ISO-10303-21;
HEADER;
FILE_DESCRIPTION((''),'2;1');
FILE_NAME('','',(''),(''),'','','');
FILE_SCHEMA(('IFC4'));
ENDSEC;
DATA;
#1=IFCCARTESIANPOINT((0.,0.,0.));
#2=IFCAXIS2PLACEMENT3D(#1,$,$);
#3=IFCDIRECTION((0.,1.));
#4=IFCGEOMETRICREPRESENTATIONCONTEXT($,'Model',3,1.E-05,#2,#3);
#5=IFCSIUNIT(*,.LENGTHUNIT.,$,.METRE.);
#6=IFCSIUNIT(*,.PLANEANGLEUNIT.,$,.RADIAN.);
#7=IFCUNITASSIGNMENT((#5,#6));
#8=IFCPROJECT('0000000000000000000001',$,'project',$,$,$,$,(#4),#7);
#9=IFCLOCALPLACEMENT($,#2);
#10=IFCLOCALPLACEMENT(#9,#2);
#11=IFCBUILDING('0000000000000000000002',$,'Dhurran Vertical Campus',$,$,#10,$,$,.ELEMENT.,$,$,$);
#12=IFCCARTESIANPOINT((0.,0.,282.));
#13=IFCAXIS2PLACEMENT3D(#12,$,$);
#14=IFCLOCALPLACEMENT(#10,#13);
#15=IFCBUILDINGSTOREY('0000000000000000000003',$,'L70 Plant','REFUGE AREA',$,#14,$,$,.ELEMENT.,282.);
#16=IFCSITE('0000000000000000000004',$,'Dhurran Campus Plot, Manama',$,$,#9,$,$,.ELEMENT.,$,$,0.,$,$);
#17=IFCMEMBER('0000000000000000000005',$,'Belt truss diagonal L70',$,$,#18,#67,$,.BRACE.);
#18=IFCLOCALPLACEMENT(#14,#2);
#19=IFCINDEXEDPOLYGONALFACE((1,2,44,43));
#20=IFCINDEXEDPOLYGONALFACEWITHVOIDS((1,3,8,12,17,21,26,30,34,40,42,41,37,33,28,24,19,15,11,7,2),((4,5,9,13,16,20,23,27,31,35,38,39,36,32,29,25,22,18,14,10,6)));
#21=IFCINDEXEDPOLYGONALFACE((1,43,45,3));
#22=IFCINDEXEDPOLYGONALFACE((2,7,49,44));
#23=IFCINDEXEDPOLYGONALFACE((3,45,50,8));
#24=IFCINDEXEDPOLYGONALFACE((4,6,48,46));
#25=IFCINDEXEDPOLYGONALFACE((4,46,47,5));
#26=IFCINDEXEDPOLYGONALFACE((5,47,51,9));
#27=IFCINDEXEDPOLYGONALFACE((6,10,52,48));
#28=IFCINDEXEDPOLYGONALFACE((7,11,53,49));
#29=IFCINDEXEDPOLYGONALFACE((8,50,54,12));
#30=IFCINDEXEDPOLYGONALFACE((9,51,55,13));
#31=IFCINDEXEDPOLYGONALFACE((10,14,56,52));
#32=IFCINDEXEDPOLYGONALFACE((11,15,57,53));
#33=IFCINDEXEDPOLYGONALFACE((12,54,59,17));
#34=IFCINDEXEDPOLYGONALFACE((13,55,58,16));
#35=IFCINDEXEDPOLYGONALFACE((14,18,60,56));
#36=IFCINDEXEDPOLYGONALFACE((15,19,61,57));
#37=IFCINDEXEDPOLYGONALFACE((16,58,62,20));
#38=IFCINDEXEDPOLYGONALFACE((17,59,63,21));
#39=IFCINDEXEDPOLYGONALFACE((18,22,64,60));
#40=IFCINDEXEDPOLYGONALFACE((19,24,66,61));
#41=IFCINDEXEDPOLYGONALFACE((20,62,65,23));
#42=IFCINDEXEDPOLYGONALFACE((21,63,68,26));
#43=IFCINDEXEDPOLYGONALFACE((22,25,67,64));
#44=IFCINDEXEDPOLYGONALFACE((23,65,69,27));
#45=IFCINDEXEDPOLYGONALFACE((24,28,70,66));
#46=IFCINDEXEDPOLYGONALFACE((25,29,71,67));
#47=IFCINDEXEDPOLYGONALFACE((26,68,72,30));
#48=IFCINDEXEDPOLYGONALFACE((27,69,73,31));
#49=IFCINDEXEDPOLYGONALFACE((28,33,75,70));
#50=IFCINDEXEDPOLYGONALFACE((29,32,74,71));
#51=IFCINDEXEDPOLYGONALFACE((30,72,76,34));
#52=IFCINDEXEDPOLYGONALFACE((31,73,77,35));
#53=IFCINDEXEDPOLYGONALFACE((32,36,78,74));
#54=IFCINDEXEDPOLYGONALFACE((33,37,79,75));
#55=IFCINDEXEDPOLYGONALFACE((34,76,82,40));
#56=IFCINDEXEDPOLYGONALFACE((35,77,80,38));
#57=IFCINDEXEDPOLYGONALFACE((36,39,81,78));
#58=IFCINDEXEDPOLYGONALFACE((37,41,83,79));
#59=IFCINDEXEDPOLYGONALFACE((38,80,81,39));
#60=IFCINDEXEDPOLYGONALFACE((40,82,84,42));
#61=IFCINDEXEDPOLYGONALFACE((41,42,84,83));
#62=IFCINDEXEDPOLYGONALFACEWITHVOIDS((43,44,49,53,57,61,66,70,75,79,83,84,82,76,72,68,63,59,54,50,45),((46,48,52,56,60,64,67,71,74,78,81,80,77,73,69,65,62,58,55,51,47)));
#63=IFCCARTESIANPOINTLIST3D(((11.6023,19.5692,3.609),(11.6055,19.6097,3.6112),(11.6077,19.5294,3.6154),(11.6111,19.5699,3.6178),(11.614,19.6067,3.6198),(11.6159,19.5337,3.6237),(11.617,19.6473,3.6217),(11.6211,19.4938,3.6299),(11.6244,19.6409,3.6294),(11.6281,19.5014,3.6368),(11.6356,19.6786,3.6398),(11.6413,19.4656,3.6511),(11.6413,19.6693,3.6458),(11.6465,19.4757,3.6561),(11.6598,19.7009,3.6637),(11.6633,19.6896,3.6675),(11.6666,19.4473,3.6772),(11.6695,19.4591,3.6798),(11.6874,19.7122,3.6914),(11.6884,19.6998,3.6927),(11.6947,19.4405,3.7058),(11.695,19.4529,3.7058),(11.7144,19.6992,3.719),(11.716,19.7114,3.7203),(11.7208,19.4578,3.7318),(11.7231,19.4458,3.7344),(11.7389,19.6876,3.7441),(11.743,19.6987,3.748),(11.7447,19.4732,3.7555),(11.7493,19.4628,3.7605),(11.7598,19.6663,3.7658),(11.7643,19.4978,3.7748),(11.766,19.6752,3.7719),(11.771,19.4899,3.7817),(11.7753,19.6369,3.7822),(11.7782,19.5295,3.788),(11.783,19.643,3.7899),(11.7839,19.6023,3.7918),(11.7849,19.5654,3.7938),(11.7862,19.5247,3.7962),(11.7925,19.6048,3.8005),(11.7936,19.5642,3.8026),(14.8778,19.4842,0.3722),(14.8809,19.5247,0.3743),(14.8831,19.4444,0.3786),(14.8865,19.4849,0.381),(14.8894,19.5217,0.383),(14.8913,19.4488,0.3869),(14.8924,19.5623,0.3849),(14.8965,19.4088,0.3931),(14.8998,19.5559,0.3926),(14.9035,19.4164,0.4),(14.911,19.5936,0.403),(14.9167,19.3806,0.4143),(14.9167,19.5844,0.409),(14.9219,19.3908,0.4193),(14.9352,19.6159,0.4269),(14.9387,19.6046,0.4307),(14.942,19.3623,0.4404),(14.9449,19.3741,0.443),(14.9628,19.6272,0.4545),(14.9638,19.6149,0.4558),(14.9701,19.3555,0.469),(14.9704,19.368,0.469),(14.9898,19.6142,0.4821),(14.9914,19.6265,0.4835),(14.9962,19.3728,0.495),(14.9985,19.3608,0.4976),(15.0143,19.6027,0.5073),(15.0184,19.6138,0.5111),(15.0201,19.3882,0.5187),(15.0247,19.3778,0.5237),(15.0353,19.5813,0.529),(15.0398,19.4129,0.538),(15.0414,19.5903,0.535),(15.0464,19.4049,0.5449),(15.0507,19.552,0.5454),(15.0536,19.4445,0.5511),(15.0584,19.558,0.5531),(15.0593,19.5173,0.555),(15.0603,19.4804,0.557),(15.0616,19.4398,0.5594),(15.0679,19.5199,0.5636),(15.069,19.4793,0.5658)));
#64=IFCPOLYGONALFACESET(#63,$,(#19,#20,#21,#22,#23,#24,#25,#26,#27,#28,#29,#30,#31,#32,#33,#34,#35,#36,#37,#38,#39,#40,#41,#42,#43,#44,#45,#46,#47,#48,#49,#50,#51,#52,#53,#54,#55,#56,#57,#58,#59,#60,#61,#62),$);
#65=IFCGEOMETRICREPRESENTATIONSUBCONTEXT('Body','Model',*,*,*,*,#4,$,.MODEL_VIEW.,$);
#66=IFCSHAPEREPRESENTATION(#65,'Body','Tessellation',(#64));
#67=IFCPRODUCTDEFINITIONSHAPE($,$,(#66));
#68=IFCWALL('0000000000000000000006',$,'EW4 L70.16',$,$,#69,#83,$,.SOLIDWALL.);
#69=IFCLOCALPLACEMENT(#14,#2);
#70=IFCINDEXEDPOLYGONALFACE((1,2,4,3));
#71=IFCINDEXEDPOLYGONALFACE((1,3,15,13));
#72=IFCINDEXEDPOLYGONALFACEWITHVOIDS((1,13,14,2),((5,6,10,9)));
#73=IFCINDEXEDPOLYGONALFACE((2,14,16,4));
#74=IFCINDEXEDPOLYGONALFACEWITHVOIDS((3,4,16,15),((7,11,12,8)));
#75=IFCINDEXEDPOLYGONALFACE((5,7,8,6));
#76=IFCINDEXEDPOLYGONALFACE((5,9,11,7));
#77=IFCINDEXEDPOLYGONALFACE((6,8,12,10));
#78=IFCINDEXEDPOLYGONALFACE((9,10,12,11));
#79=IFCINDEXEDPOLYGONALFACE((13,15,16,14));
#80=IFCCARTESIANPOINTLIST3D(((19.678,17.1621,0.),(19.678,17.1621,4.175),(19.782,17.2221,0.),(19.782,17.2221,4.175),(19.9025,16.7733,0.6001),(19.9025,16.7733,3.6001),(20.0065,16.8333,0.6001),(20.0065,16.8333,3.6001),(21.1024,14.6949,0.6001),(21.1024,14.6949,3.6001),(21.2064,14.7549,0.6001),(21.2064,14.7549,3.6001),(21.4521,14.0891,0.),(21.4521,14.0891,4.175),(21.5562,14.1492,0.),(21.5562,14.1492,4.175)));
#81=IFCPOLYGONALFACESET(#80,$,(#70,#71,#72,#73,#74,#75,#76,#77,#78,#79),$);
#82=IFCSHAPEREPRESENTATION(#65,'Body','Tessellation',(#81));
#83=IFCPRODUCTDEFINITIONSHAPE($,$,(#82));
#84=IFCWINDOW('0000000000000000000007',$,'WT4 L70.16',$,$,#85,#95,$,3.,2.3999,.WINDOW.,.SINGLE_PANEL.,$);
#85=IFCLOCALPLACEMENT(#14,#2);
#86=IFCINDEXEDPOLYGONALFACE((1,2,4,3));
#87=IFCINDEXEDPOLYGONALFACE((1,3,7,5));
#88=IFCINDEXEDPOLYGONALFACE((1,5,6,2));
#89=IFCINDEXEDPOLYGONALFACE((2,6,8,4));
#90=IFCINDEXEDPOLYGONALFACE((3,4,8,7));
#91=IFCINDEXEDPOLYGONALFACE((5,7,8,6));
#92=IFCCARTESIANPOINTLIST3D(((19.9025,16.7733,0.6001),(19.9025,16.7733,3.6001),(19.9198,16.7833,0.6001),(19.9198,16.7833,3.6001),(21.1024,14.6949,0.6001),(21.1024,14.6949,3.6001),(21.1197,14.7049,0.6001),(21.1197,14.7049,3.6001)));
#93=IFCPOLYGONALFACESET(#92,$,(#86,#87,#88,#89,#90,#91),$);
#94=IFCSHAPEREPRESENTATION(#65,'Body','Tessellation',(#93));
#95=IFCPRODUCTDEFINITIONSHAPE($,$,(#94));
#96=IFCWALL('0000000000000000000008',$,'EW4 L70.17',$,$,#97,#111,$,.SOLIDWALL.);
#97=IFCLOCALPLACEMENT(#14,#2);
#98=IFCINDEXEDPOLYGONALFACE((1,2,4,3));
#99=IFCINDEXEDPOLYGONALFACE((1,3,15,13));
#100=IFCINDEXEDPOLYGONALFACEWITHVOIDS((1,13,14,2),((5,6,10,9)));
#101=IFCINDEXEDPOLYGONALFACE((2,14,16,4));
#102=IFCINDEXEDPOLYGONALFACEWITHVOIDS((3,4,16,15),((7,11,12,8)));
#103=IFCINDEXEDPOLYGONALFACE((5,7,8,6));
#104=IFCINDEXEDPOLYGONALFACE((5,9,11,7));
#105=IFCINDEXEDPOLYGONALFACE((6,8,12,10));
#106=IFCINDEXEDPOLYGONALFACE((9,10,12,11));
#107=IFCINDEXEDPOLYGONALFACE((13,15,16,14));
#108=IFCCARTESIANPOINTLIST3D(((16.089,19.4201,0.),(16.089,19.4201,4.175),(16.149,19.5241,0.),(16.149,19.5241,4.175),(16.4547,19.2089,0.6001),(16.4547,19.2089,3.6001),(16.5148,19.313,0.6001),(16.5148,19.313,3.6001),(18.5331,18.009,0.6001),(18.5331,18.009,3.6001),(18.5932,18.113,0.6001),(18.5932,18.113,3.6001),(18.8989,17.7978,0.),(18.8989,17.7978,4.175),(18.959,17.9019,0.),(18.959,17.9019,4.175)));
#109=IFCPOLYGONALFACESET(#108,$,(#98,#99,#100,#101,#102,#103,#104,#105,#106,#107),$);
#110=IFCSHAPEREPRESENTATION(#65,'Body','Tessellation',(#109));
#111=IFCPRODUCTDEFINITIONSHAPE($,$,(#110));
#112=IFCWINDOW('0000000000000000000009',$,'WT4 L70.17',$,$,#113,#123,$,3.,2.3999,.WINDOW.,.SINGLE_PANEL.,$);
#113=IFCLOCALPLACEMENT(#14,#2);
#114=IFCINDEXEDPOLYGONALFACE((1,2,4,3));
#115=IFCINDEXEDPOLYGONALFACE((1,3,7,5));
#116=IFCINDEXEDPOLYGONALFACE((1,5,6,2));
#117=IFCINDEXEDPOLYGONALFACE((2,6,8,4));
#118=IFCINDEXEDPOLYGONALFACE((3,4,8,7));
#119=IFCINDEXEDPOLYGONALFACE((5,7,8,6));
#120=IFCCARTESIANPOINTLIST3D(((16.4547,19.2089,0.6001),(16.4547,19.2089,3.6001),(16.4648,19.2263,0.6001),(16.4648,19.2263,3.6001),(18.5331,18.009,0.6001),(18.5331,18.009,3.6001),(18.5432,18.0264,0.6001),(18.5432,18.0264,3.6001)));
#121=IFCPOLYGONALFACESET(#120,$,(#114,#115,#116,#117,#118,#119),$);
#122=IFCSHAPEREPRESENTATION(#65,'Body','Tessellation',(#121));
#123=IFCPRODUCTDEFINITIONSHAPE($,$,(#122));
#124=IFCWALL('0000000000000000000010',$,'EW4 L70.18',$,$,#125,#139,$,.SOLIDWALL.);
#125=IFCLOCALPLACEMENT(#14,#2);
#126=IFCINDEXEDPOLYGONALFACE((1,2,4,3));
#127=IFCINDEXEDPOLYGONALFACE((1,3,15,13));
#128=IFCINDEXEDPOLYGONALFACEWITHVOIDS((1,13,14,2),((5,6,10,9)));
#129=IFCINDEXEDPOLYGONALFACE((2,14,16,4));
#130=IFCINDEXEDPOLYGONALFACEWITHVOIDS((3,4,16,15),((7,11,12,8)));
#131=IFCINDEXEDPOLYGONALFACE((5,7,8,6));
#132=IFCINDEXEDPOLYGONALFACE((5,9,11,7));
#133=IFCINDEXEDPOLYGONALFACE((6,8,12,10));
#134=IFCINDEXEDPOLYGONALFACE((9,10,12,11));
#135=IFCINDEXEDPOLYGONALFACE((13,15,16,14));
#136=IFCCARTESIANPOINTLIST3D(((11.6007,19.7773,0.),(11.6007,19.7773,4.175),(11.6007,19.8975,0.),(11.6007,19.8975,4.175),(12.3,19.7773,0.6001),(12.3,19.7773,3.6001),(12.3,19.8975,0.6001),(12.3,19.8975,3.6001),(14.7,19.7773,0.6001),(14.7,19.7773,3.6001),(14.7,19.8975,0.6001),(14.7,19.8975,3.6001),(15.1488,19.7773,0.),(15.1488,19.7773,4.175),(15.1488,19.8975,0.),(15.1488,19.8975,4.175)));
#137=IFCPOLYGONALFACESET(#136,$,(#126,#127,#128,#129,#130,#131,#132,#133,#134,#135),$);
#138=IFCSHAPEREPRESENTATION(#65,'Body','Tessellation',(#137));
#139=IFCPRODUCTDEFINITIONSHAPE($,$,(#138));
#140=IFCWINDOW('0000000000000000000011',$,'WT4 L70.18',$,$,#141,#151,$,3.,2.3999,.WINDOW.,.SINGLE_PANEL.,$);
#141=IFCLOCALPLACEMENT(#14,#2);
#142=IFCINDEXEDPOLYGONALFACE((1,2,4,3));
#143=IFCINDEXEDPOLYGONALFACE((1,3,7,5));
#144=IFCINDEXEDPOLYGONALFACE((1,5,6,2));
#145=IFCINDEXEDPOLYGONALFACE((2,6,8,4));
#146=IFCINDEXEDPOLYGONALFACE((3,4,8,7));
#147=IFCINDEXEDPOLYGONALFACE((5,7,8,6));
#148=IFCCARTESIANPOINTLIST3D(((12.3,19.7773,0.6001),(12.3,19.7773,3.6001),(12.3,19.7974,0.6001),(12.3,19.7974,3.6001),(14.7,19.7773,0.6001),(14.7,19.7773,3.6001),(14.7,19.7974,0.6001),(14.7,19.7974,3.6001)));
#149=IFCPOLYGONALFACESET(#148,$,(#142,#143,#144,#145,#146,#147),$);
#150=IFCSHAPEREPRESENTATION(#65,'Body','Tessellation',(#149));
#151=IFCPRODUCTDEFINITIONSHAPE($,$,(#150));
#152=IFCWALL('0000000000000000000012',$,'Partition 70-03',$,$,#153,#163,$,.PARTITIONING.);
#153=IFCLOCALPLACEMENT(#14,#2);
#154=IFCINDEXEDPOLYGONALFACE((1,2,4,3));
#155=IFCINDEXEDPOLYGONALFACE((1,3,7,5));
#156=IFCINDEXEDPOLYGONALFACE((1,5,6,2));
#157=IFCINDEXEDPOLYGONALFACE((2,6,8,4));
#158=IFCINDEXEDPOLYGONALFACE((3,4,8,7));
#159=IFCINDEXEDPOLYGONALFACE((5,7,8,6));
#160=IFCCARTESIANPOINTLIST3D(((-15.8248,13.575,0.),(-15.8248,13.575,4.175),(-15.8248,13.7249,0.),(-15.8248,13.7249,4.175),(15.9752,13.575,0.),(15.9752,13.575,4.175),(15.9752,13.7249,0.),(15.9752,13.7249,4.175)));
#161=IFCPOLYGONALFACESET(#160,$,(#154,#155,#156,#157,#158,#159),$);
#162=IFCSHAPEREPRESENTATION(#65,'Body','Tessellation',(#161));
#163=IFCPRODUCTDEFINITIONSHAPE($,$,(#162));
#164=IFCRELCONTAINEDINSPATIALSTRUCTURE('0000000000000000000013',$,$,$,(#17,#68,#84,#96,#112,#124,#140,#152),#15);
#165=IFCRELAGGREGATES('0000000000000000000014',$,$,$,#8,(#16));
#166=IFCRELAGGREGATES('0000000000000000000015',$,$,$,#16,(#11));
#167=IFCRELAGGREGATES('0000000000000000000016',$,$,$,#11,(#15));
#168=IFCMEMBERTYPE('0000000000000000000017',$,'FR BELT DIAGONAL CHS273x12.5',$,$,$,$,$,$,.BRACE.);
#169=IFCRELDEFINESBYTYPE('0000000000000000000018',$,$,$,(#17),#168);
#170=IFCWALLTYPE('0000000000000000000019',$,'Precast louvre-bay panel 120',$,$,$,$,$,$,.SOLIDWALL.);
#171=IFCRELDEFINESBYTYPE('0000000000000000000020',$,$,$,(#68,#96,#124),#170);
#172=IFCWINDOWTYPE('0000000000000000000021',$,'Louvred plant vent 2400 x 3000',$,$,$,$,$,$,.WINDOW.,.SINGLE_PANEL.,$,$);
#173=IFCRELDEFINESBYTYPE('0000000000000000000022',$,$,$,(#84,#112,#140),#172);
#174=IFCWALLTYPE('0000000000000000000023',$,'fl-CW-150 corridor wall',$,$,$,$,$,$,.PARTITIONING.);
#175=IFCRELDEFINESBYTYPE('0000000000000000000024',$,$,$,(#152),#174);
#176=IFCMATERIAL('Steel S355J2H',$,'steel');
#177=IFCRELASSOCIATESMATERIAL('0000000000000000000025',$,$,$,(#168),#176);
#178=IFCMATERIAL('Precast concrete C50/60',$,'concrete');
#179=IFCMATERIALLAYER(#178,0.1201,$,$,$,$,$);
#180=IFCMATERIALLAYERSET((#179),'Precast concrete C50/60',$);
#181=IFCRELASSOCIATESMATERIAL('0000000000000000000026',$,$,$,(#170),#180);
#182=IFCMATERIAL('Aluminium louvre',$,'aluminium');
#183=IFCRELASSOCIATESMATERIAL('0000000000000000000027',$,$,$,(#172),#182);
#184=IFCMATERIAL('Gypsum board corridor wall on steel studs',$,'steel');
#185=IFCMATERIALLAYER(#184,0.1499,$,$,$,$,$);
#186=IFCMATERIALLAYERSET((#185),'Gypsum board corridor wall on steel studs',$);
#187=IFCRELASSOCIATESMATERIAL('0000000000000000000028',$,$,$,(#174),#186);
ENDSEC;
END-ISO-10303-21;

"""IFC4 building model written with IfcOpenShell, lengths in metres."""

from ifc_helpers import new_model, si_unit, direction, frame, frame_2d, origin, origin_2d, place, context, subcontext, project, spatial, rectangle, hollow_circle, extrude, material, layer, layer_set, material_profile, profile_set, type_object, element, fill, save


model = new_model("IFC4")

# Units and contexts
model_context = context("Model", 3, precision=1e-05, world=origin(), true_north=direction((0.0, 1.0)))
body_context = subcontext(model_context, "Body", "Model", "MODEL_VIEW")
ifc_project = project(units=[si_unit("LENGTHUNIT", "METRE"), si_unit("PLANEANGLEUNIT", "RADIAN")], contexts=[model_context])

# Site, building, storey
site_placement = place(None, origin())
site = spatial("IfcSite", under=ifc_project, at=site_placement, Name="Dhurran Campus Plot, Manama", CompositionType="ELEMENT", RefElevation=0.0)
building_placement = place(site_placement, origin())
building = spatial("IfcBuilding", under=site, at=building_placement, Name="Dhurran Vertical Campus", CompositionType="ELEMENT")
storey_placement = place(building_placement, frame((0.0, 0.0, 282.0)))
storey = spatial("IfcBuildingStorey", under=building, at=storey_placement, Name="L70 Plant", Description="REFUGE AREA", CompositionType="ELEMENT", Elevation=282.0)

# Member
ifc_material_1 = material(Name="Steel S355J2H", Category="steel")
ifc_material_profile_1 = material_profile(ifc_material_1, hollow_circle(Radius=0.1365, WallThickness=0.0125, at=origin_2d()), Name="CHS273x12.5")
ifc_profile_set_1 = profile_set([ifc_material_profile_1], Name="Steel S355J2H")
member_type = type_object("IfcMemberType", Name="FR BELT DIAGONAL CHS273x12.5", PredefinedType="BRACE", material=ifc_profile_set_1)
member_1_placement = place(storey_placement, frame((14.9736, 19.4919, 0.469), z_axis=(-0.711162, 0.018447, 0.702786), x_axis=(-0.02593, -0.999664, 0.0)))
element("IfcMember", 1, at=member_1_placement, inside=storey, type_object=member_type, Name="Belt truss diagonal L70", PredefinedType="BRACE", context=body_context, shape_type="SweptSolid", body=[
    extrude(hollow_circle(Radius=0.1365, WallThickness=0.0125, at=origin_2d()), origin(), (0.0, 0.0, 1.0), 4.6057),
])

# Walls, openings, windows
ifc_material_2 = material(Name="Precast concrete C50/60", Category="concrete")
ifc_layer_1 = layer(ifc_material_2, 0.1201)
ifc_layer_set_1 = layer_set([ifc_layer_1], Name="Precast concrete C50/60")
wall_type_1 = type_object("IfcWallType", Name="Precast louvre-bay panel 120", PredefinedType="SOLIDWALL", material=ifc_layer_set_1)
wall_1_placement = place(storey_placement, frame((21.5042, 14.1191, 0.0), z_axis=(0.0, 0.0, 1.0), x_axis=(-0.499994, 0.866029, 0.0)))
wall_1 = element("IfcWall", 2, at=wall_1_placement, inside=storey, type_object=wall_type_1, Name="EW4 L70.16", PredefinedType="SOLIDWALL", context=body_context, shape_type="SweptSolid", body=[
    extrude(rectangle(XDim=3.5483, YDim=0.1201, at=frame_2d((1.7742, 0.0))), origin(), (0.0, 0.0, 1.0), 4.175),
])
opening_1_placement = place(wall_1_placement, frame((0.6995, 0.0, 0.6001)))
opening_1 = element("IfcOpeningElement", 3, at=opening_1_placement, cuts=wall_1, PredefinedType="OPENING", context=body_context, shape_type="SweptSolid", body=[
    extrude(rectangle(XDim=2.3999, YDim=3.0, at=frame_2d((1.2, 1.5))), frame((0.0, 0.0701, 0.0), z_axis=(0.0, -1.0, 0.0), x_axis=(1.0, 0.0, 0.0)), (0.0, 0.0, 1.0), 0.1401),
])
ifc_material_3 = material(Name="Aluminium louvre", Category="aluminium")
window_type = type_object("IfcWindowType", Name="Louvred plant vent 2400 x 3000", PartitioningType="SINGLE_PANEL", PredefinedType="WINDOW", material=ifc_material_3)
window_1_placement = place(opening_1_placement, origin())
window_1 = element("IfcWindow", 4, at=window_1_placement, inside=storey, type_object=window_type, Name="WT4 L70.16", OverallHeight=3.0, OverallWidth=2.3999, PartitioningType="SINGLE_PANEL", PredefinedType="WINDOW", context=body_context, shape_type="SweptSolid", body=[
    extrude(rectangle(XDim=2.3999, YDim=3.0, at=frame_2d((1.2, 1.5))), frame((0.0, 0.0601, 0.0), z_axis=(0.0, -1.0, 0.0), x_axis=(1.0, 0.0, 0.0)), (0.0, 0.0, 1.0), 0.02),
])
fill(opening_1, window_1)
wall_2_placement = place(storey_placement, frame((18.929, 17.8499, 0.0), z_axis=(0.0, 0.0, 1.0), x_axis=(-0.866035, 0.499983, 0.0)))
wall_2 = element("IfcWall", 5, at=wall_2_placement, inside=storey, type_object=wall_type_1, Name="EW4 L70.17", PredefinedType="SOLIDWALL", context=body_context, shape_type="SweptSolid", body=[
    extrude(rectangle(XDim=3.2446, YDim=0.1201, at=frame_2d((1.6223, 0.0))), origin(), (0.0, 0.0, 1.0), 4.175),
])
opening_2_placement = place(wall_2_placement, frame((0.4224, 0.0, 0.6001)))
opening_2 = element("IfcOpeningElement", 6, at=opening_2_placement, cuts=wall_2, PredefinedType="OPENING", context=body_context, shape_type="SweptSolid", body=[
    extrude(rectangle(XDim=2.3999, YDim=3.0, at=frame_2d((1.2, 1.5))), frame((0.0, 0.0701, 0.0), z_axis=(0.0, -1.0, 0.0), x_axis=(1.0, 0.0, 0.0)), (0.0, 0.0, 1.0), 0.1401),
])
window_2_placement = place(opening_2_placement, origin())
window_2 = element("IfcWindow", 7, at=window_2_placement, inside=storey, type_object=window_type, Name="WT4 L70.17", OverallHeight=3.0, OverallWidth=2.3999, PartitioningType="SINGLE_PANEL", PredefinedType="WINDOW", context=body_context, shape_type="SweptSolid", body=[
    extrude(rectangle(XDim=2.3999, YDim=3.0, at=frame_2d((1.2, 1.5))), frame((0.0, 0.0601, 0.0), z_axis=(0.0, -1.0, 0.0), x_axis=(1.0, 0.0, 0.0)), (0.0, 0.0, 1.0), 0.02),
])
fill(opening_2, window_2)
wall_3_placement = place(storey_placement, frame((15.1487, 19.8374, 0.0), z_axis=(0.0, 0.0, 1.0), x_axis=(-1.0, 0.0, 0.0)))
wall_3 = element("IfcWall", 8, at=wall_3_placement, inside=storey, type_object=wall_type_1, Name="EW4 L70.18", PredefinedType="SOLIDWALL", context=body_context, shape_type="SweptSolid", body=[
    extrude(rectangle(XDim=3.5481, YDim=0.1201, at=frame_2d((1.7739, 0.0))), origin(), (0.0, 0.0, 1.0), 4.175),
])
opening_3_placement = place(wall_3_placement, frame((0.4487, 0.0, 0.6001)))
opening_3 = element("IfcOpeningElement", 9, at=opening_3_placement, cuts=wall_3, PredefinedType="OPENING", context=body_context, shape_type="SweptSolid", body=[
    extrude(rectangle(XDim=2.3999, YDim=3.0, at=frame_2d((1.2, 1.5))), frame((0.0, 0.0701, 0.0), z_axis=(0.0, -1.0, 0.0), x_axis=(1.0, 0.0, 0.0)), (0.0, 0.0, 1.0), 0.1401),
])
window_3_placement = place(opening_3_placement, origin())
window_3 = element("IfcWindow", 10, at=window_3_placement, inside=storey, type_object=window_type, Name="WT4 L70.18", OverallHeight=3.0, OverallWidth=2.3999, PartitioningType="SINGLE_PANEL", PredefinedType="WINDOW", context=body_context, shape_type="SweptSolid", body=[
    extrude(rectangle(XDim=2.3999, YDim=3.0, at=frame_2d((1.2, 1.5))), frame((0.0, 0.0601, 0.0), z_axis=(0.0, -1.0, 0.0), x_axis=(1.0, 0.0, 0.0)), (0.0, 0.0, 1.0), 0.02),
])
fill(opening_3, window_3)

# Wall
ifc_material_4 = material(Name="Gypsum board corridor wall on steel studs", Category="steel")
ifc_layer_2 = layer(ifc_material_4, 0.1499)
ifc_layer_set_2 = layer_set([ifc_layer_2], Name="Gypsum board corridor wall on steel studs")
wall_type_2 = type_object("IfcWallType", Name="fl-CW-150 corridor wall", PredefinedType="PARTITIONING", material=ifc_layer_set_2)
wall_4_placement = place(storey_placement, frame((15.9751, 13.6499, 0.0), z_axis=(0.0, 0.0, 1.0), x_axis=(-1.0, 0.0, 0.0)))
element("IfcWall", 11, at=wall_4_placement, inside=storey, type_object=wall_type_2, Name="Partition 70-03", PredefinedType="PARTITIONING", context=body_context, shape_type="SweptSolid", body=[
    extrude(rectangle(XDim=31.8, YDim=0.1499, at=frame_2d((15.8999, 0.0))), origin(), (0.0, 0.0, 1.0), 4.175),
])

save(model, "model.ifc")
